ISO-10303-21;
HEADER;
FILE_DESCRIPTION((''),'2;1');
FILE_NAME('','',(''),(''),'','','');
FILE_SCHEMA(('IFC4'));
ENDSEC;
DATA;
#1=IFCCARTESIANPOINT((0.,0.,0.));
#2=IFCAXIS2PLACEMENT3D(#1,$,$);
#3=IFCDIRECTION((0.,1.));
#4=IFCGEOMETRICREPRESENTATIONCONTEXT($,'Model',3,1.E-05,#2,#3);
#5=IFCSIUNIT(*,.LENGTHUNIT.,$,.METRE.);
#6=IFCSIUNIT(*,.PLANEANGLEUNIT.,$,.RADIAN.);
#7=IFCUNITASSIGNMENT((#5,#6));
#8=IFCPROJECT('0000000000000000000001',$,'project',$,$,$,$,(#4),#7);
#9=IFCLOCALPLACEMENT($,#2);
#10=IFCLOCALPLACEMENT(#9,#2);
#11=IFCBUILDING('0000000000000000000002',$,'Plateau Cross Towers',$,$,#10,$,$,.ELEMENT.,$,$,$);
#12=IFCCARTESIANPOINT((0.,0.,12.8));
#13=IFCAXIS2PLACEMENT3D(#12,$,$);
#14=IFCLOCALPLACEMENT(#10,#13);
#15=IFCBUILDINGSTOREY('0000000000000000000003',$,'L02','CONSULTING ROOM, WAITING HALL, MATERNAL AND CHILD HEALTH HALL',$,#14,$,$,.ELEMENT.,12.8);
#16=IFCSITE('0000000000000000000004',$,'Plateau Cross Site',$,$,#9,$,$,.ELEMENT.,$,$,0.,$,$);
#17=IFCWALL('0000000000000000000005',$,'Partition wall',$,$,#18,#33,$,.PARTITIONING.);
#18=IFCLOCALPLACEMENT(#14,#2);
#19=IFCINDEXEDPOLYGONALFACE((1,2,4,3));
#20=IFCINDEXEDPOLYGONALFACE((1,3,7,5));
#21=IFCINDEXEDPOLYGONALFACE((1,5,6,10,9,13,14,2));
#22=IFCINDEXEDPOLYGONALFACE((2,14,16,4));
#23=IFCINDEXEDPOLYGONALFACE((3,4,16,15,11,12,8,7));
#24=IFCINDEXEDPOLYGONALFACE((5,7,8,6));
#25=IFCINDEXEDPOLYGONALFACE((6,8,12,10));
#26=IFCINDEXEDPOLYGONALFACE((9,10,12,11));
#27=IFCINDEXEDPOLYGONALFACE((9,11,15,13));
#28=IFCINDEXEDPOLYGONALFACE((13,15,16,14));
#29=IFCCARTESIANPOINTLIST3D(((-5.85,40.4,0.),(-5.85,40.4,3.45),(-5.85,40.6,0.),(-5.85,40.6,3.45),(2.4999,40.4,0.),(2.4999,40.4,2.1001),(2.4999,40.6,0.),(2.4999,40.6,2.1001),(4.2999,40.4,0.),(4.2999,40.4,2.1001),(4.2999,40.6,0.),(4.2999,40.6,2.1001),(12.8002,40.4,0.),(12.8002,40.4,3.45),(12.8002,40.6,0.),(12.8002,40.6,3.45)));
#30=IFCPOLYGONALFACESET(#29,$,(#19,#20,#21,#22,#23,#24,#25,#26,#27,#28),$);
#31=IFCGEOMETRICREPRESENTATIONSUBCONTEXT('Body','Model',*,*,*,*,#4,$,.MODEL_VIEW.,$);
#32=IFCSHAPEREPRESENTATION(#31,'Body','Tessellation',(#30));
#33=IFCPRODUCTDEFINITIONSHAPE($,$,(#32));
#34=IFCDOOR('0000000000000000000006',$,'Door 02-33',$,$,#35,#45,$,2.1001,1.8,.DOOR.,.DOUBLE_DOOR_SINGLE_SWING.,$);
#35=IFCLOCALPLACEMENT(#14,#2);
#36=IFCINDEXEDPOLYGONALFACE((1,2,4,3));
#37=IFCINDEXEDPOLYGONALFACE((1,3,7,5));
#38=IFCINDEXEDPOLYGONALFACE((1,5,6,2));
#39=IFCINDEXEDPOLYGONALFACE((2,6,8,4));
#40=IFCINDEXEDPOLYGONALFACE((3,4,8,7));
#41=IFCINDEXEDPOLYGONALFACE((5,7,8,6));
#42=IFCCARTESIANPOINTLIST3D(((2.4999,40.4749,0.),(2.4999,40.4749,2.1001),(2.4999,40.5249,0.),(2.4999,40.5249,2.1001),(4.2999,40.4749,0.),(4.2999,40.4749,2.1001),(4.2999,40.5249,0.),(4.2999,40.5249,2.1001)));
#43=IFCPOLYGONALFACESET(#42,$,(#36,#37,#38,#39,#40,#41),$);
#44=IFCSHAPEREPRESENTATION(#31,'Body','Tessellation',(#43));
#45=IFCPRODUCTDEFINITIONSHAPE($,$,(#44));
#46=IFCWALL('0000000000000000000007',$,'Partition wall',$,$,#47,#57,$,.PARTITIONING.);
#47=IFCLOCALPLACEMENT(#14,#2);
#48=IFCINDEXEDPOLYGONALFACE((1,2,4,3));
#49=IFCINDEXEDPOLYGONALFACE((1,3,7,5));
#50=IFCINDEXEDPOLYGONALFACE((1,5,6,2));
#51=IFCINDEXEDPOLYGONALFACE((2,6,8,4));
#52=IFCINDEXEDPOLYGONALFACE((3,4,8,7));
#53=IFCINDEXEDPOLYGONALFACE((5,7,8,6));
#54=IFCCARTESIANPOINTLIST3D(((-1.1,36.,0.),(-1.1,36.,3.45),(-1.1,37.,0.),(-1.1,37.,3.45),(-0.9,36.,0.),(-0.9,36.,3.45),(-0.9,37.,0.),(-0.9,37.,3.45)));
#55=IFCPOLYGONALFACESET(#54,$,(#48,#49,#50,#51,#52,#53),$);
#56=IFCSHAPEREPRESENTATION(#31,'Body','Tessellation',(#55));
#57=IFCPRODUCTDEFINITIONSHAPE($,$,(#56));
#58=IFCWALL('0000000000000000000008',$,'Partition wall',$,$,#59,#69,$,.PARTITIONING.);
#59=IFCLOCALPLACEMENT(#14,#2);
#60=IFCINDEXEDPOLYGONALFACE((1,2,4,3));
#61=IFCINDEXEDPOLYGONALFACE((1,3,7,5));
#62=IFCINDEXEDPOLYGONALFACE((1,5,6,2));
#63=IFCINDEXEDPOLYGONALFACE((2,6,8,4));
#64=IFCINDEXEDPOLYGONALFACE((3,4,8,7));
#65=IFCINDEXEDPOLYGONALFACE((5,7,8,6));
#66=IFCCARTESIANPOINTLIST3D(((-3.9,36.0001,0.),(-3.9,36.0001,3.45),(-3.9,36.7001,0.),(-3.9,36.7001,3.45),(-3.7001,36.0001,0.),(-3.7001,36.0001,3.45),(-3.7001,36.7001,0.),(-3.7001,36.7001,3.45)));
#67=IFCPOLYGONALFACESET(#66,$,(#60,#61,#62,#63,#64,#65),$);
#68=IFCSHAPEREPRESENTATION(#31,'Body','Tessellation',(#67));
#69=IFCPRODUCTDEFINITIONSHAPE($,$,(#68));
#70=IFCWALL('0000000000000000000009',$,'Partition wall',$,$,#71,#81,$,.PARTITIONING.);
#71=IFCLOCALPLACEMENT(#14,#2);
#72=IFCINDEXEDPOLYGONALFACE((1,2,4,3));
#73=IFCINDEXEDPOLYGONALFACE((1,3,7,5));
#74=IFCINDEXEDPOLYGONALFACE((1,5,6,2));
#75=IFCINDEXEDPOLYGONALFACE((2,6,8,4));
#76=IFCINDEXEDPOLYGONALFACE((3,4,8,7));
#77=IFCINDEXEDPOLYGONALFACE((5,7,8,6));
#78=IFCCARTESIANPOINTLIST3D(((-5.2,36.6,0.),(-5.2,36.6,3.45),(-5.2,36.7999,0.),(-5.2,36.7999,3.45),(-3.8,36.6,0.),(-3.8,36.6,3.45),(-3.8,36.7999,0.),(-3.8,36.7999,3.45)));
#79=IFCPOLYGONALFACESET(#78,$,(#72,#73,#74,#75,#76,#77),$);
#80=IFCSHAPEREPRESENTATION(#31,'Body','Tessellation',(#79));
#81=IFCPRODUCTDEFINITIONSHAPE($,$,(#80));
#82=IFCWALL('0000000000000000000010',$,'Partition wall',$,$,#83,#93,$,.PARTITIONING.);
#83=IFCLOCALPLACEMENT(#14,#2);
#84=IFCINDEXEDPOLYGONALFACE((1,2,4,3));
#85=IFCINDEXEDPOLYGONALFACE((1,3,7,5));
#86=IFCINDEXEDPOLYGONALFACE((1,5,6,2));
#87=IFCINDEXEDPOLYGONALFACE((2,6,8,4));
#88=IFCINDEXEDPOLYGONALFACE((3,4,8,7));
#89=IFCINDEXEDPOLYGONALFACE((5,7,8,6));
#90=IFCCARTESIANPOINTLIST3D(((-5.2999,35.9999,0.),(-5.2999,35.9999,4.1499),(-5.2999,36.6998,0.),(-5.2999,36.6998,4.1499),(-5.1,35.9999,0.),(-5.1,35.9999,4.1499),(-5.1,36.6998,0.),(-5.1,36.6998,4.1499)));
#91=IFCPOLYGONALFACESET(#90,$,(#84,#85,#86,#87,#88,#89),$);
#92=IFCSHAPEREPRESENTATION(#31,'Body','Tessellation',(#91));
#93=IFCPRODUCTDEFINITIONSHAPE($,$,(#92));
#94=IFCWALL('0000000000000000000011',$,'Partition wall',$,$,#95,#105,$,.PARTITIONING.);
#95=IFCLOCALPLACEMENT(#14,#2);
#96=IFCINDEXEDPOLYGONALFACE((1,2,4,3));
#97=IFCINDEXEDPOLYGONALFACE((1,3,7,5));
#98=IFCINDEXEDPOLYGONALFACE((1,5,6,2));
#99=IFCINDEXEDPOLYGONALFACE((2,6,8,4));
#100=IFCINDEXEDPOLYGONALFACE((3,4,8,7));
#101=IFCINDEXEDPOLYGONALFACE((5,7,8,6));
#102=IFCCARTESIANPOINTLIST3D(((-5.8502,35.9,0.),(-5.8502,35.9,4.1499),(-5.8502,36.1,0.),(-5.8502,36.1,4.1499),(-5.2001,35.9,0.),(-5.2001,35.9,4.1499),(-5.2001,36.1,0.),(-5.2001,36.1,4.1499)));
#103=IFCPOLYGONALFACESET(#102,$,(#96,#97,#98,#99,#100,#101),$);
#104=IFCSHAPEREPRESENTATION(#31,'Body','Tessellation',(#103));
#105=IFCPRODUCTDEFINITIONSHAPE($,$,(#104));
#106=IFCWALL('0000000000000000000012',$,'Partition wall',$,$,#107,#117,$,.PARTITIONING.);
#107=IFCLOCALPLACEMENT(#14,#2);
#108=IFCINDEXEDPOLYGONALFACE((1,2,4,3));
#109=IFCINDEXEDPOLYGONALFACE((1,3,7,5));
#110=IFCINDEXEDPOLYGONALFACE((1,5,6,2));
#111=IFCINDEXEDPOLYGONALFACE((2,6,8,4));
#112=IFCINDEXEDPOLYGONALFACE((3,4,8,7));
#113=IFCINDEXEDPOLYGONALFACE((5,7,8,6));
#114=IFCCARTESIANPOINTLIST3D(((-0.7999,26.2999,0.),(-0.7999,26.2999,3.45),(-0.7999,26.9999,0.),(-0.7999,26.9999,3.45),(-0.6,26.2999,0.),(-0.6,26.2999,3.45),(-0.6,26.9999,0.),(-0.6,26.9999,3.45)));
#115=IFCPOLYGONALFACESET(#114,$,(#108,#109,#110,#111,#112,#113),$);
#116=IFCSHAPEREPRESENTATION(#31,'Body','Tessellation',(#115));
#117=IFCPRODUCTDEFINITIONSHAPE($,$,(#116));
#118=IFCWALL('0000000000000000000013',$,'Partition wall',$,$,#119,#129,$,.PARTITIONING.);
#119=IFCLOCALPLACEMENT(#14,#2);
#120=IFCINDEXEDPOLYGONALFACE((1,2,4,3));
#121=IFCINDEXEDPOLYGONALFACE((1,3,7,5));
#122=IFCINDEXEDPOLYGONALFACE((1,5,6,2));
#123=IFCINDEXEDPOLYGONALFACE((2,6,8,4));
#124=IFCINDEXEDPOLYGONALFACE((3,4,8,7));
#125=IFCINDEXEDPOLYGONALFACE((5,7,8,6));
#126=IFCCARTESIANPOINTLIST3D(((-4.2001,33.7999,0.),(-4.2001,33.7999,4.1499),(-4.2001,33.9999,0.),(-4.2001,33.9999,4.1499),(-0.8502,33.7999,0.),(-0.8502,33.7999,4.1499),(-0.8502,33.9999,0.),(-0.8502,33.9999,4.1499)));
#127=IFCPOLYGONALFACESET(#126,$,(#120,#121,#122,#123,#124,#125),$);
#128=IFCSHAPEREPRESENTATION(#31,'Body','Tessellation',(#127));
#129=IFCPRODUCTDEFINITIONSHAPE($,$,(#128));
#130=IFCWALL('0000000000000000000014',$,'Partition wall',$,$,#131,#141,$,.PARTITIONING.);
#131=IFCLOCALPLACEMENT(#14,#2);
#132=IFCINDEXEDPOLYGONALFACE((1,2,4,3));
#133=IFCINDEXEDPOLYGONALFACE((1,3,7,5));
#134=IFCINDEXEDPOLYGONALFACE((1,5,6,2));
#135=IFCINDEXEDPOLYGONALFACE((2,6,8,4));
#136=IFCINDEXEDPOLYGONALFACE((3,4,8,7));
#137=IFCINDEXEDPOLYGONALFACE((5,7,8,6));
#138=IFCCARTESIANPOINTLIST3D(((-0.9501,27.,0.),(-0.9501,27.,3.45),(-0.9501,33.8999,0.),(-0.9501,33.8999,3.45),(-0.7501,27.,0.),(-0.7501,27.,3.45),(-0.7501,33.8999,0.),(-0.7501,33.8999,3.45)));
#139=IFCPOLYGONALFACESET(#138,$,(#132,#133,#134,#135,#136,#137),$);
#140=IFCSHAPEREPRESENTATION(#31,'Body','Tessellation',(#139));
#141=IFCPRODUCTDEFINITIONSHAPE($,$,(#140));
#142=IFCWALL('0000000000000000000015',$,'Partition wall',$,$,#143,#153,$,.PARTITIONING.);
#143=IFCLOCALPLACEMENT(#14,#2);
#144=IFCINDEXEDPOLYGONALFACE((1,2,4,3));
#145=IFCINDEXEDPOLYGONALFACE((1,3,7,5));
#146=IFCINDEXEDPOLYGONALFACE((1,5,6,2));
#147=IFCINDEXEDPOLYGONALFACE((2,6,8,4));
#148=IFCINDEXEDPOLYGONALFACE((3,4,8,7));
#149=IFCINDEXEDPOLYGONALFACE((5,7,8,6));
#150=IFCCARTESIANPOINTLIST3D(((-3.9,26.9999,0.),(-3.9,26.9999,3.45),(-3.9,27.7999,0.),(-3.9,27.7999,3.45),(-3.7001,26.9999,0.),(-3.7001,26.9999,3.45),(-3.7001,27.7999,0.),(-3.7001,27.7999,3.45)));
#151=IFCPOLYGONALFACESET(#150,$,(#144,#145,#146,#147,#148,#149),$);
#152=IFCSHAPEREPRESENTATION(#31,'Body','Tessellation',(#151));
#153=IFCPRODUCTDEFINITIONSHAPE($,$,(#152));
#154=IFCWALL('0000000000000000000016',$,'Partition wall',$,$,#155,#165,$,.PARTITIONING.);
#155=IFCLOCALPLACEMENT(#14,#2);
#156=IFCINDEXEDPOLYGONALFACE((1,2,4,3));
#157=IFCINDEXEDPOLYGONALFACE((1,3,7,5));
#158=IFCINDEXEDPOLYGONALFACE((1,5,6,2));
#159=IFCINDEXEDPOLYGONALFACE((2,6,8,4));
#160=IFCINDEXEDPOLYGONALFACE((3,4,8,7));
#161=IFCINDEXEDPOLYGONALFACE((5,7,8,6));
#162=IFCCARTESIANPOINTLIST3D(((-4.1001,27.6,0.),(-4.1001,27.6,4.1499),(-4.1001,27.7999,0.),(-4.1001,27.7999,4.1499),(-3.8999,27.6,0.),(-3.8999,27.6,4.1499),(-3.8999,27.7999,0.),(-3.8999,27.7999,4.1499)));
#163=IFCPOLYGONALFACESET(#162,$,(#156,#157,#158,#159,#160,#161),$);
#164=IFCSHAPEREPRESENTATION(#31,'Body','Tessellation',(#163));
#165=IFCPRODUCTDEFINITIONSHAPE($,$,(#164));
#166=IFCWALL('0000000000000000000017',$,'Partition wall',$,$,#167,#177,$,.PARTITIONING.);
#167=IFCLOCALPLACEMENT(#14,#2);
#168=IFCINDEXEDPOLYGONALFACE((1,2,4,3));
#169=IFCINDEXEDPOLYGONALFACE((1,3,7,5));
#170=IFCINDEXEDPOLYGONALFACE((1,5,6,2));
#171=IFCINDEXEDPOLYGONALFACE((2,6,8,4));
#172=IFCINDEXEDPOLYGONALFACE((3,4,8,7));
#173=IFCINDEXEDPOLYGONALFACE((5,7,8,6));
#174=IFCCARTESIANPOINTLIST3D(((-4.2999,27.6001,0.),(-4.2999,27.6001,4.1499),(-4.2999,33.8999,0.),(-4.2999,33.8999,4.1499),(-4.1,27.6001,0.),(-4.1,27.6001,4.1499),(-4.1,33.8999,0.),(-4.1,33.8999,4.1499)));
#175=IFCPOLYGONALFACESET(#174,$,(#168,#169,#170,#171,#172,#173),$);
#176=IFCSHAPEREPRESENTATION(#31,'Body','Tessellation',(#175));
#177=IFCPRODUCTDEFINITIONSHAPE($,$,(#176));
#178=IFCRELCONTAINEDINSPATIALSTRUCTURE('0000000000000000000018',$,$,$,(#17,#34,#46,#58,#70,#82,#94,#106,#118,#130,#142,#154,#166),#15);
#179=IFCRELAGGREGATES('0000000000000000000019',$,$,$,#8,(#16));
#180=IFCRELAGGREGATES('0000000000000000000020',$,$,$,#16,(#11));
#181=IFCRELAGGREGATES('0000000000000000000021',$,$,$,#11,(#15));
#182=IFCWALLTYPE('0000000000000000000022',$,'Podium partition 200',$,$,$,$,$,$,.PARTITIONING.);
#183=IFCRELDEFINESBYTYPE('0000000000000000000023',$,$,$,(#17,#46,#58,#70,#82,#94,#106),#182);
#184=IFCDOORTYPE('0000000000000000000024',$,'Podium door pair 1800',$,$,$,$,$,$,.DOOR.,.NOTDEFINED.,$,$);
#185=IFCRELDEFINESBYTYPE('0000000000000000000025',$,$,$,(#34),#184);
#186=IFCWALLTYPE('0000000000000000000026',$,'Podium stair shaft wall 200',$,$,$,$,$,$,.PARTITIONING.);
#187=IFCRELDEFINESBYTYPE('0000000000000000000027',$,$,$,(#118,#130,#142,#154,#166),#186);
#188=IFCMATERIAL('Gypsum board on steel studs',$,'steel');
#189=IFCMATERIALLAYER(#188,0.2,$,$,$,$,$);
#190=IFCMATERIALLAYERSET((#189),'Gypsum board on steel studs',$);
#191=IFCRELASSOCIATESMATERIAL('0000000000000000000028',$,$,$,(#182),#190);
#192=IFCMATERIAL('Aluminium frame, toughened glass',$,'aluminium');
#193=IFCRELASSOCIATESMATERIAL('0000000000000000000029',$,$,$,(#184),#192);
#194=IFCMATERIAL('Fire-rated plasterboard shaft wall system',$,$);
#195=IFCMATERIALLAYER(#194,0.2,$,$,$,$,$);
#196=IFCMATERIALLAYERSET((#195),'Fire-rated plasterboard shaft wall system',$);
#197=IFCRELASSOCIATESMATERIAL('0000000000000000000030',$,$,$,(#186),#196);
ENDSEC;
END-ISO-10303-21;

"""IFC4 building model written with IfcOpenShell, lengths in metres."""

from ifc_helpers import new_model, si_unit, direction, frame, frame_2d, origin, place, context, subcontext, project, spatial, rectangle, extrude, material, layer, layer_set, type_object, element, fill, save


model = new_model("IFC4")

# Units and contexts
model_context = context("Model", 3, precision=1e-05, world=origin(), true_north=direction((0.0, 1.0)))
body_context = subcontext(model_context, "Body", "Model", "MODEL_VIEW")
ifc_project = project(units=[si_unit("LENGTHUNIT", "METRE"), si_unit("PLANEANGLEUNIT", "RADIAN")], contexts=[model_context])

# Site, building, storey
site_placement = place(None, origin())
site = spatial("IfcSite", under=ifc_project, at=site_placement, Name="Plateau Cross Site", CompositionType="ELEMENT", RefElevation=0.0)
building_placement = place(site_placement, origin())
building = spatial("IfcBuilding", under=site, at=building_placement, Name="Plateau Cross Towers", CompositionType="ELEMENT")
storey_placement = place(building_placement, frame((0.0, 0.0, 12.8)))
storey = spatial("IfcBuildingStorey", under=building, at=storey_placement, Name="L02", Description="CONSULTING ROOM, WAITING HALL, MATERNAL AND CHILD HEALTH HALL", CompositionType="ELEMENT", Elevation=12.8)

# Wall, opening, door
ifc_material_1 = material(Name="Gypsum board on steel studs", Category="steel")
ifc_layer_1 = layer(ifc_material_1, 0.2)
ifc_layer_set_1 = layer_set([ifc_layer_1], Name="Gypsum board on steel studs")
wall_type_1 = type_object("IfcWallType", Name="Podium partition 200", PredefinedType="PARTITIONING", material=ifc_layer_set_1)
wall_1_placement = place(storey_placement, frame((-5.8501, 40.5, 0.0), z_axis=(0.0, 0.0, 1.0), x_axis=(1.0, 0.0, 0.0)))
wall_1 = element("IfcWall", 1, at=wall_1_placement, inside=storey, type_object=wall_type_1, Name="Partition wall", PredefinedType="PARTITIONING", context=body_context, shape_type="SweptSolid", body=[
    extrude(rectangle(XDim=18.6501, YDim=0.2, at=frame_2d((9.3252, 0.0))), origin(), (0.0, 0.0, 1.0), 3.45),
])
opening_1_placement = place(wall_1_placement, frame((8.3501, 0.0, 0.0)))
opening_1 = element("IfcOpeningElement", 2, at=opening_1_placement, cuts=wall_1, PredefinedType="OPENING", context=body_context, shape_type="SweptSolid", body=[
    extrude(rectangle(XDim=1.8, YDim=2.1001, at=frame_2d((0.8999, 1.05))), frame((0.0, 0.1099, 0.0), z_axis=(0.0, -1.0, 0.0), x_axis=(1.0, 0.0, 0.0)), (0.0, 0.0, 1.0), 0.22),
])
ifc_material_2 = material(Name="Aluminium frame, toughened glass", Category="aluminium")
door_type_1 = type_object("IfcDoorType", Name="Podium door pair 1800", OperationType="NOTDEFINED", PredefinedType="DOOR", material=ifc_material_2)
door_1_placement = place(opening_1_placement, origin())
door_1 = element("IfcDoor", 3, at=door_1_placement, inside=storey, type_object=door_type_1, Name="Door 02-33", OperationType="DOUBLE_DOOR_SINGLE_SWING", OverallHeight=2.1001, OverallWidth=1.8, PredefinedType="DOOR", context=body_context, shape_type="SweptSolid", body=[
    extrude(rectangle(XDim=1.8, YDim=2.1001, at=frame_2d((0.8999, 1.05))), frame((0.0, 0.0249, 0.0), z_axis=(0.0, -1.0, 0.0), x_axis=(1.0, 0.0, 0.0)), (0.0, 0.0, 1.0), 0.05),
])
fill(opening_1, door_1)

# Walls
wall_2_placement = place(storey_placement, frame((-1.0, 37.0, 0.0), z_axis=(0.0, 0.0, 1.0), x_axis=(0.0, -1.0, 0.0)))
element("IfcWall", 4, at=wall_2_placement, inside=storey, type_object=wall_type_1, Name="Partition wall", PredefinedType="PARTITIONING", context=body_context, shape_type="SweptSolid", body=[
    extrude(rectangle(XDim=1.0, YDim=0.2, at=frame_2d((0.5, 0.0))), origin(), (0.0, 0.0, 1.0), 3.45),
])
wall_3_placement = place(storey_placement, frame((-3.8, 36.0, 0.0), z_axis=(0.0, 0.0, 1.0), x_axis=(0.0, 1.0, 0.0)))
element("IfcWall", 5, at=wall_3_placement, inside=storey, type_object=wall_type_1, Name="Partition wall", PredefinedType="PARTITIONING", context=body_context, shape_type="SweptSolid", body=[
    extrude(rectangle(XDim=0.7, YDim=0.2, at=frame_2d((0.3501, 0.0))), origin(), (0.0, 0.0, 1.0), 3.45),
])
wall_4_placement = place(storey_placement, frame((-3.8, 36.7, 0.0), z_axis=(0.0, 0.0, 1.0), x_axis=(-1.0, 0.0, 0.0)))
element("IfcWall", 6, at=wall_4_placement, inside=storey, type_object=wall_type_1, Name="Partition wall", PredefinedType="PARTITIONING", context=body_context, shape_type="SweptSolid", body=[
    extrude(rectangle(XDim=1.3999, YDim=0.2, at=frame_2d((0.7, 0.0))), origin(), (0.0, 0.0, 1.0), 3.45),
])
wall_5_placement = place(storey_placement, frame((-5.2, 36.7, 0.0), z_axis=(0.0, 0.0, 1.0), x_axis=(0.0, -1.0, 0.0)))
element("IfcWall", 7, at=wall_5_placement, inside=storey, type_object=wall_type_1, Name="Partition wall", PredefinedType="PARTITIONING", context=body_context, shape_type="SweptSolid", body=[
    extrude(rectangle(XDim=0.7, YDim=0.2, at=frame_2d((0.3501, 0.0))), origin(), (0.0, 0.0, 1.0), 4.1499),
])
wall_6_placement = place(storey_placement, frame((-5.2, 36.0, 0.0), z_axis=(0.0, 0.0, 1.0), x_axis=(-1.0, 0.0, 0.0)))
element("IfcWall", 8, at=wall_6_placement, inside=storey, type_object=wall_type_1, Name="Partition wall", PredefinedType="PARTITIONING", context=body_context, shape_type="SweptSolid", body=[
    extrude(rectangle(XDim=0.6501, YDim=0.2, at=frame_2d((0.3252, 0.0))), origin(), (0.0, 0.0, 1.0), 4.1499),
])
wall_7_placement = place(storey_placement, frame((-0.7, 27.0, 0.0), z_axis=(0.0, 0.0, 1.0), x_axis=(0.0, -1.0, 0.0)))
element("IfcWall", 9, at=wall_7_placement, inside=storey, type_object=wall_type_1, Name="Partition wall", PredefinedType="PARTITIONING", context=body_context, shape_type="SweptSolid", body=[
    extrude(rectangle(XDim=0.7, YDim=0.2, at=frame_2d((0.3501, 0.0))), origin(), (0.0, 0.0, 1.0), 3.45),
])
ifc_material_3 = material(Name="Fire-rated plasterboard shaft wall system")
ifc_layer_2 = layer(ifc_material_3, 0.2)
ifc_layer_set_2 = layer_set([ifc_layer_2], Name="Fire-rated plasterboard shaft wall system")
wall_type_2 = type_object("IfcWallType", Name="Podium stair shaft wall 200", PredefinedType="PARTITIONING", material=ifc_layer_set_2)
wall_8_placement = place(storey_placement, frame((-4.2, 33.8999, 0.0), z_axis=(0.0, 0.0, 1.0), x_axis=(1.0, 0.0, 0.0)))
element("IfcWall", 10, at=wall_8_placement, inside=storey, type_object=wall_type_2, Name="Partition wall", PredefinedType="PARTITIONING", context=body_context, shape_type="SweptSolid", body=[
    extrude(rectangle(XDim=3.3499, YDim=0.2, at=frame_2d((1.6748, 0.0))), origin(), (0.0, 0.0, 1.0), 4.1499),
])
wall_9_placement = place(storey_placement, frame((-0.8501, 33.8999, 0.0), z_axis=(0.0, 0.0, 1.0), x_axis=(0.0, -1.0, 0.0)))
element("IfcWall", 11, at=wall_9_placement, inside=storey, type_object=wall_type_2, Name="Partition wall", PredefinedType="PARTITIONING", context=body_context, shape_type="SweptSolid", body=[
    extrude(rectangle(XDim=6.8999, YDim=0.2, at=frame_2d((3.45, 0.0))), origin(), (0.0, 0.0, 1.0), 3.45),
])
wall_10_placement = place(storey_placement, frame((-3.8, 27.0, 0.0), z_axis=(0.0, 0.0, 1.0), x_axis=(0.0, 1.0, 0.0)))
element("IfcWall", 12, at=wall_10_placement, inside=storey, type_object=wall_type_2, Name="Partition wall", PredefinedType="PARTITIONING", context=body_context, shape_type="SweptSolid", body=[
    extrude(rectangle(XDim=0.8, YDim=0.2, at=frame_2d((0.3999, 0.0))), origin(), (0.0, 0.0, 1.0), 3.45),
])
wall_11_placement = place(storey_placement, frame((-3.8999, 27.7, 0.0), z_axis=(0.0, 0.0, 1.0), x_axis=(-1.0, 0.0, 0.0)))
element("IfcWall", 13, at=wall_11_placement, inside=storey, type_object=wall_type_2, Name="Partition wall", PredefinedType="PARTITIONING", context=body_context, shape_type="SweptSolid", body=[
    extrude(rectangle(XDim=0.2002, YDim=0.2, at=frame_2d((0.1001, 0.0))), origin(), (0.0, 0.0, 1.0), 4.1499),
])
wall_12_placement = place(storey_placement, frame((-4.2, 27.6001, 0.0), z_axis=(0.0, 0.0, 1.0), x_axis=(0.0, 1.0, 0.0)))
element("IfcWall", 14, at=wall_12_placement, inside=storey, type_object=wall_type_2, Name="Partition wall", PredefinedType="PARTITIONING", context=body_context, shape_type="SweptSolid", body=[
    extrude(rectangle(XDim=6.2998, YDim=0.2, at=frame_2d((3.1499, 0.0))), origin(), (0.0, 0.0, 1.0), 4.1499),
])

save(model, "model.ifc")
